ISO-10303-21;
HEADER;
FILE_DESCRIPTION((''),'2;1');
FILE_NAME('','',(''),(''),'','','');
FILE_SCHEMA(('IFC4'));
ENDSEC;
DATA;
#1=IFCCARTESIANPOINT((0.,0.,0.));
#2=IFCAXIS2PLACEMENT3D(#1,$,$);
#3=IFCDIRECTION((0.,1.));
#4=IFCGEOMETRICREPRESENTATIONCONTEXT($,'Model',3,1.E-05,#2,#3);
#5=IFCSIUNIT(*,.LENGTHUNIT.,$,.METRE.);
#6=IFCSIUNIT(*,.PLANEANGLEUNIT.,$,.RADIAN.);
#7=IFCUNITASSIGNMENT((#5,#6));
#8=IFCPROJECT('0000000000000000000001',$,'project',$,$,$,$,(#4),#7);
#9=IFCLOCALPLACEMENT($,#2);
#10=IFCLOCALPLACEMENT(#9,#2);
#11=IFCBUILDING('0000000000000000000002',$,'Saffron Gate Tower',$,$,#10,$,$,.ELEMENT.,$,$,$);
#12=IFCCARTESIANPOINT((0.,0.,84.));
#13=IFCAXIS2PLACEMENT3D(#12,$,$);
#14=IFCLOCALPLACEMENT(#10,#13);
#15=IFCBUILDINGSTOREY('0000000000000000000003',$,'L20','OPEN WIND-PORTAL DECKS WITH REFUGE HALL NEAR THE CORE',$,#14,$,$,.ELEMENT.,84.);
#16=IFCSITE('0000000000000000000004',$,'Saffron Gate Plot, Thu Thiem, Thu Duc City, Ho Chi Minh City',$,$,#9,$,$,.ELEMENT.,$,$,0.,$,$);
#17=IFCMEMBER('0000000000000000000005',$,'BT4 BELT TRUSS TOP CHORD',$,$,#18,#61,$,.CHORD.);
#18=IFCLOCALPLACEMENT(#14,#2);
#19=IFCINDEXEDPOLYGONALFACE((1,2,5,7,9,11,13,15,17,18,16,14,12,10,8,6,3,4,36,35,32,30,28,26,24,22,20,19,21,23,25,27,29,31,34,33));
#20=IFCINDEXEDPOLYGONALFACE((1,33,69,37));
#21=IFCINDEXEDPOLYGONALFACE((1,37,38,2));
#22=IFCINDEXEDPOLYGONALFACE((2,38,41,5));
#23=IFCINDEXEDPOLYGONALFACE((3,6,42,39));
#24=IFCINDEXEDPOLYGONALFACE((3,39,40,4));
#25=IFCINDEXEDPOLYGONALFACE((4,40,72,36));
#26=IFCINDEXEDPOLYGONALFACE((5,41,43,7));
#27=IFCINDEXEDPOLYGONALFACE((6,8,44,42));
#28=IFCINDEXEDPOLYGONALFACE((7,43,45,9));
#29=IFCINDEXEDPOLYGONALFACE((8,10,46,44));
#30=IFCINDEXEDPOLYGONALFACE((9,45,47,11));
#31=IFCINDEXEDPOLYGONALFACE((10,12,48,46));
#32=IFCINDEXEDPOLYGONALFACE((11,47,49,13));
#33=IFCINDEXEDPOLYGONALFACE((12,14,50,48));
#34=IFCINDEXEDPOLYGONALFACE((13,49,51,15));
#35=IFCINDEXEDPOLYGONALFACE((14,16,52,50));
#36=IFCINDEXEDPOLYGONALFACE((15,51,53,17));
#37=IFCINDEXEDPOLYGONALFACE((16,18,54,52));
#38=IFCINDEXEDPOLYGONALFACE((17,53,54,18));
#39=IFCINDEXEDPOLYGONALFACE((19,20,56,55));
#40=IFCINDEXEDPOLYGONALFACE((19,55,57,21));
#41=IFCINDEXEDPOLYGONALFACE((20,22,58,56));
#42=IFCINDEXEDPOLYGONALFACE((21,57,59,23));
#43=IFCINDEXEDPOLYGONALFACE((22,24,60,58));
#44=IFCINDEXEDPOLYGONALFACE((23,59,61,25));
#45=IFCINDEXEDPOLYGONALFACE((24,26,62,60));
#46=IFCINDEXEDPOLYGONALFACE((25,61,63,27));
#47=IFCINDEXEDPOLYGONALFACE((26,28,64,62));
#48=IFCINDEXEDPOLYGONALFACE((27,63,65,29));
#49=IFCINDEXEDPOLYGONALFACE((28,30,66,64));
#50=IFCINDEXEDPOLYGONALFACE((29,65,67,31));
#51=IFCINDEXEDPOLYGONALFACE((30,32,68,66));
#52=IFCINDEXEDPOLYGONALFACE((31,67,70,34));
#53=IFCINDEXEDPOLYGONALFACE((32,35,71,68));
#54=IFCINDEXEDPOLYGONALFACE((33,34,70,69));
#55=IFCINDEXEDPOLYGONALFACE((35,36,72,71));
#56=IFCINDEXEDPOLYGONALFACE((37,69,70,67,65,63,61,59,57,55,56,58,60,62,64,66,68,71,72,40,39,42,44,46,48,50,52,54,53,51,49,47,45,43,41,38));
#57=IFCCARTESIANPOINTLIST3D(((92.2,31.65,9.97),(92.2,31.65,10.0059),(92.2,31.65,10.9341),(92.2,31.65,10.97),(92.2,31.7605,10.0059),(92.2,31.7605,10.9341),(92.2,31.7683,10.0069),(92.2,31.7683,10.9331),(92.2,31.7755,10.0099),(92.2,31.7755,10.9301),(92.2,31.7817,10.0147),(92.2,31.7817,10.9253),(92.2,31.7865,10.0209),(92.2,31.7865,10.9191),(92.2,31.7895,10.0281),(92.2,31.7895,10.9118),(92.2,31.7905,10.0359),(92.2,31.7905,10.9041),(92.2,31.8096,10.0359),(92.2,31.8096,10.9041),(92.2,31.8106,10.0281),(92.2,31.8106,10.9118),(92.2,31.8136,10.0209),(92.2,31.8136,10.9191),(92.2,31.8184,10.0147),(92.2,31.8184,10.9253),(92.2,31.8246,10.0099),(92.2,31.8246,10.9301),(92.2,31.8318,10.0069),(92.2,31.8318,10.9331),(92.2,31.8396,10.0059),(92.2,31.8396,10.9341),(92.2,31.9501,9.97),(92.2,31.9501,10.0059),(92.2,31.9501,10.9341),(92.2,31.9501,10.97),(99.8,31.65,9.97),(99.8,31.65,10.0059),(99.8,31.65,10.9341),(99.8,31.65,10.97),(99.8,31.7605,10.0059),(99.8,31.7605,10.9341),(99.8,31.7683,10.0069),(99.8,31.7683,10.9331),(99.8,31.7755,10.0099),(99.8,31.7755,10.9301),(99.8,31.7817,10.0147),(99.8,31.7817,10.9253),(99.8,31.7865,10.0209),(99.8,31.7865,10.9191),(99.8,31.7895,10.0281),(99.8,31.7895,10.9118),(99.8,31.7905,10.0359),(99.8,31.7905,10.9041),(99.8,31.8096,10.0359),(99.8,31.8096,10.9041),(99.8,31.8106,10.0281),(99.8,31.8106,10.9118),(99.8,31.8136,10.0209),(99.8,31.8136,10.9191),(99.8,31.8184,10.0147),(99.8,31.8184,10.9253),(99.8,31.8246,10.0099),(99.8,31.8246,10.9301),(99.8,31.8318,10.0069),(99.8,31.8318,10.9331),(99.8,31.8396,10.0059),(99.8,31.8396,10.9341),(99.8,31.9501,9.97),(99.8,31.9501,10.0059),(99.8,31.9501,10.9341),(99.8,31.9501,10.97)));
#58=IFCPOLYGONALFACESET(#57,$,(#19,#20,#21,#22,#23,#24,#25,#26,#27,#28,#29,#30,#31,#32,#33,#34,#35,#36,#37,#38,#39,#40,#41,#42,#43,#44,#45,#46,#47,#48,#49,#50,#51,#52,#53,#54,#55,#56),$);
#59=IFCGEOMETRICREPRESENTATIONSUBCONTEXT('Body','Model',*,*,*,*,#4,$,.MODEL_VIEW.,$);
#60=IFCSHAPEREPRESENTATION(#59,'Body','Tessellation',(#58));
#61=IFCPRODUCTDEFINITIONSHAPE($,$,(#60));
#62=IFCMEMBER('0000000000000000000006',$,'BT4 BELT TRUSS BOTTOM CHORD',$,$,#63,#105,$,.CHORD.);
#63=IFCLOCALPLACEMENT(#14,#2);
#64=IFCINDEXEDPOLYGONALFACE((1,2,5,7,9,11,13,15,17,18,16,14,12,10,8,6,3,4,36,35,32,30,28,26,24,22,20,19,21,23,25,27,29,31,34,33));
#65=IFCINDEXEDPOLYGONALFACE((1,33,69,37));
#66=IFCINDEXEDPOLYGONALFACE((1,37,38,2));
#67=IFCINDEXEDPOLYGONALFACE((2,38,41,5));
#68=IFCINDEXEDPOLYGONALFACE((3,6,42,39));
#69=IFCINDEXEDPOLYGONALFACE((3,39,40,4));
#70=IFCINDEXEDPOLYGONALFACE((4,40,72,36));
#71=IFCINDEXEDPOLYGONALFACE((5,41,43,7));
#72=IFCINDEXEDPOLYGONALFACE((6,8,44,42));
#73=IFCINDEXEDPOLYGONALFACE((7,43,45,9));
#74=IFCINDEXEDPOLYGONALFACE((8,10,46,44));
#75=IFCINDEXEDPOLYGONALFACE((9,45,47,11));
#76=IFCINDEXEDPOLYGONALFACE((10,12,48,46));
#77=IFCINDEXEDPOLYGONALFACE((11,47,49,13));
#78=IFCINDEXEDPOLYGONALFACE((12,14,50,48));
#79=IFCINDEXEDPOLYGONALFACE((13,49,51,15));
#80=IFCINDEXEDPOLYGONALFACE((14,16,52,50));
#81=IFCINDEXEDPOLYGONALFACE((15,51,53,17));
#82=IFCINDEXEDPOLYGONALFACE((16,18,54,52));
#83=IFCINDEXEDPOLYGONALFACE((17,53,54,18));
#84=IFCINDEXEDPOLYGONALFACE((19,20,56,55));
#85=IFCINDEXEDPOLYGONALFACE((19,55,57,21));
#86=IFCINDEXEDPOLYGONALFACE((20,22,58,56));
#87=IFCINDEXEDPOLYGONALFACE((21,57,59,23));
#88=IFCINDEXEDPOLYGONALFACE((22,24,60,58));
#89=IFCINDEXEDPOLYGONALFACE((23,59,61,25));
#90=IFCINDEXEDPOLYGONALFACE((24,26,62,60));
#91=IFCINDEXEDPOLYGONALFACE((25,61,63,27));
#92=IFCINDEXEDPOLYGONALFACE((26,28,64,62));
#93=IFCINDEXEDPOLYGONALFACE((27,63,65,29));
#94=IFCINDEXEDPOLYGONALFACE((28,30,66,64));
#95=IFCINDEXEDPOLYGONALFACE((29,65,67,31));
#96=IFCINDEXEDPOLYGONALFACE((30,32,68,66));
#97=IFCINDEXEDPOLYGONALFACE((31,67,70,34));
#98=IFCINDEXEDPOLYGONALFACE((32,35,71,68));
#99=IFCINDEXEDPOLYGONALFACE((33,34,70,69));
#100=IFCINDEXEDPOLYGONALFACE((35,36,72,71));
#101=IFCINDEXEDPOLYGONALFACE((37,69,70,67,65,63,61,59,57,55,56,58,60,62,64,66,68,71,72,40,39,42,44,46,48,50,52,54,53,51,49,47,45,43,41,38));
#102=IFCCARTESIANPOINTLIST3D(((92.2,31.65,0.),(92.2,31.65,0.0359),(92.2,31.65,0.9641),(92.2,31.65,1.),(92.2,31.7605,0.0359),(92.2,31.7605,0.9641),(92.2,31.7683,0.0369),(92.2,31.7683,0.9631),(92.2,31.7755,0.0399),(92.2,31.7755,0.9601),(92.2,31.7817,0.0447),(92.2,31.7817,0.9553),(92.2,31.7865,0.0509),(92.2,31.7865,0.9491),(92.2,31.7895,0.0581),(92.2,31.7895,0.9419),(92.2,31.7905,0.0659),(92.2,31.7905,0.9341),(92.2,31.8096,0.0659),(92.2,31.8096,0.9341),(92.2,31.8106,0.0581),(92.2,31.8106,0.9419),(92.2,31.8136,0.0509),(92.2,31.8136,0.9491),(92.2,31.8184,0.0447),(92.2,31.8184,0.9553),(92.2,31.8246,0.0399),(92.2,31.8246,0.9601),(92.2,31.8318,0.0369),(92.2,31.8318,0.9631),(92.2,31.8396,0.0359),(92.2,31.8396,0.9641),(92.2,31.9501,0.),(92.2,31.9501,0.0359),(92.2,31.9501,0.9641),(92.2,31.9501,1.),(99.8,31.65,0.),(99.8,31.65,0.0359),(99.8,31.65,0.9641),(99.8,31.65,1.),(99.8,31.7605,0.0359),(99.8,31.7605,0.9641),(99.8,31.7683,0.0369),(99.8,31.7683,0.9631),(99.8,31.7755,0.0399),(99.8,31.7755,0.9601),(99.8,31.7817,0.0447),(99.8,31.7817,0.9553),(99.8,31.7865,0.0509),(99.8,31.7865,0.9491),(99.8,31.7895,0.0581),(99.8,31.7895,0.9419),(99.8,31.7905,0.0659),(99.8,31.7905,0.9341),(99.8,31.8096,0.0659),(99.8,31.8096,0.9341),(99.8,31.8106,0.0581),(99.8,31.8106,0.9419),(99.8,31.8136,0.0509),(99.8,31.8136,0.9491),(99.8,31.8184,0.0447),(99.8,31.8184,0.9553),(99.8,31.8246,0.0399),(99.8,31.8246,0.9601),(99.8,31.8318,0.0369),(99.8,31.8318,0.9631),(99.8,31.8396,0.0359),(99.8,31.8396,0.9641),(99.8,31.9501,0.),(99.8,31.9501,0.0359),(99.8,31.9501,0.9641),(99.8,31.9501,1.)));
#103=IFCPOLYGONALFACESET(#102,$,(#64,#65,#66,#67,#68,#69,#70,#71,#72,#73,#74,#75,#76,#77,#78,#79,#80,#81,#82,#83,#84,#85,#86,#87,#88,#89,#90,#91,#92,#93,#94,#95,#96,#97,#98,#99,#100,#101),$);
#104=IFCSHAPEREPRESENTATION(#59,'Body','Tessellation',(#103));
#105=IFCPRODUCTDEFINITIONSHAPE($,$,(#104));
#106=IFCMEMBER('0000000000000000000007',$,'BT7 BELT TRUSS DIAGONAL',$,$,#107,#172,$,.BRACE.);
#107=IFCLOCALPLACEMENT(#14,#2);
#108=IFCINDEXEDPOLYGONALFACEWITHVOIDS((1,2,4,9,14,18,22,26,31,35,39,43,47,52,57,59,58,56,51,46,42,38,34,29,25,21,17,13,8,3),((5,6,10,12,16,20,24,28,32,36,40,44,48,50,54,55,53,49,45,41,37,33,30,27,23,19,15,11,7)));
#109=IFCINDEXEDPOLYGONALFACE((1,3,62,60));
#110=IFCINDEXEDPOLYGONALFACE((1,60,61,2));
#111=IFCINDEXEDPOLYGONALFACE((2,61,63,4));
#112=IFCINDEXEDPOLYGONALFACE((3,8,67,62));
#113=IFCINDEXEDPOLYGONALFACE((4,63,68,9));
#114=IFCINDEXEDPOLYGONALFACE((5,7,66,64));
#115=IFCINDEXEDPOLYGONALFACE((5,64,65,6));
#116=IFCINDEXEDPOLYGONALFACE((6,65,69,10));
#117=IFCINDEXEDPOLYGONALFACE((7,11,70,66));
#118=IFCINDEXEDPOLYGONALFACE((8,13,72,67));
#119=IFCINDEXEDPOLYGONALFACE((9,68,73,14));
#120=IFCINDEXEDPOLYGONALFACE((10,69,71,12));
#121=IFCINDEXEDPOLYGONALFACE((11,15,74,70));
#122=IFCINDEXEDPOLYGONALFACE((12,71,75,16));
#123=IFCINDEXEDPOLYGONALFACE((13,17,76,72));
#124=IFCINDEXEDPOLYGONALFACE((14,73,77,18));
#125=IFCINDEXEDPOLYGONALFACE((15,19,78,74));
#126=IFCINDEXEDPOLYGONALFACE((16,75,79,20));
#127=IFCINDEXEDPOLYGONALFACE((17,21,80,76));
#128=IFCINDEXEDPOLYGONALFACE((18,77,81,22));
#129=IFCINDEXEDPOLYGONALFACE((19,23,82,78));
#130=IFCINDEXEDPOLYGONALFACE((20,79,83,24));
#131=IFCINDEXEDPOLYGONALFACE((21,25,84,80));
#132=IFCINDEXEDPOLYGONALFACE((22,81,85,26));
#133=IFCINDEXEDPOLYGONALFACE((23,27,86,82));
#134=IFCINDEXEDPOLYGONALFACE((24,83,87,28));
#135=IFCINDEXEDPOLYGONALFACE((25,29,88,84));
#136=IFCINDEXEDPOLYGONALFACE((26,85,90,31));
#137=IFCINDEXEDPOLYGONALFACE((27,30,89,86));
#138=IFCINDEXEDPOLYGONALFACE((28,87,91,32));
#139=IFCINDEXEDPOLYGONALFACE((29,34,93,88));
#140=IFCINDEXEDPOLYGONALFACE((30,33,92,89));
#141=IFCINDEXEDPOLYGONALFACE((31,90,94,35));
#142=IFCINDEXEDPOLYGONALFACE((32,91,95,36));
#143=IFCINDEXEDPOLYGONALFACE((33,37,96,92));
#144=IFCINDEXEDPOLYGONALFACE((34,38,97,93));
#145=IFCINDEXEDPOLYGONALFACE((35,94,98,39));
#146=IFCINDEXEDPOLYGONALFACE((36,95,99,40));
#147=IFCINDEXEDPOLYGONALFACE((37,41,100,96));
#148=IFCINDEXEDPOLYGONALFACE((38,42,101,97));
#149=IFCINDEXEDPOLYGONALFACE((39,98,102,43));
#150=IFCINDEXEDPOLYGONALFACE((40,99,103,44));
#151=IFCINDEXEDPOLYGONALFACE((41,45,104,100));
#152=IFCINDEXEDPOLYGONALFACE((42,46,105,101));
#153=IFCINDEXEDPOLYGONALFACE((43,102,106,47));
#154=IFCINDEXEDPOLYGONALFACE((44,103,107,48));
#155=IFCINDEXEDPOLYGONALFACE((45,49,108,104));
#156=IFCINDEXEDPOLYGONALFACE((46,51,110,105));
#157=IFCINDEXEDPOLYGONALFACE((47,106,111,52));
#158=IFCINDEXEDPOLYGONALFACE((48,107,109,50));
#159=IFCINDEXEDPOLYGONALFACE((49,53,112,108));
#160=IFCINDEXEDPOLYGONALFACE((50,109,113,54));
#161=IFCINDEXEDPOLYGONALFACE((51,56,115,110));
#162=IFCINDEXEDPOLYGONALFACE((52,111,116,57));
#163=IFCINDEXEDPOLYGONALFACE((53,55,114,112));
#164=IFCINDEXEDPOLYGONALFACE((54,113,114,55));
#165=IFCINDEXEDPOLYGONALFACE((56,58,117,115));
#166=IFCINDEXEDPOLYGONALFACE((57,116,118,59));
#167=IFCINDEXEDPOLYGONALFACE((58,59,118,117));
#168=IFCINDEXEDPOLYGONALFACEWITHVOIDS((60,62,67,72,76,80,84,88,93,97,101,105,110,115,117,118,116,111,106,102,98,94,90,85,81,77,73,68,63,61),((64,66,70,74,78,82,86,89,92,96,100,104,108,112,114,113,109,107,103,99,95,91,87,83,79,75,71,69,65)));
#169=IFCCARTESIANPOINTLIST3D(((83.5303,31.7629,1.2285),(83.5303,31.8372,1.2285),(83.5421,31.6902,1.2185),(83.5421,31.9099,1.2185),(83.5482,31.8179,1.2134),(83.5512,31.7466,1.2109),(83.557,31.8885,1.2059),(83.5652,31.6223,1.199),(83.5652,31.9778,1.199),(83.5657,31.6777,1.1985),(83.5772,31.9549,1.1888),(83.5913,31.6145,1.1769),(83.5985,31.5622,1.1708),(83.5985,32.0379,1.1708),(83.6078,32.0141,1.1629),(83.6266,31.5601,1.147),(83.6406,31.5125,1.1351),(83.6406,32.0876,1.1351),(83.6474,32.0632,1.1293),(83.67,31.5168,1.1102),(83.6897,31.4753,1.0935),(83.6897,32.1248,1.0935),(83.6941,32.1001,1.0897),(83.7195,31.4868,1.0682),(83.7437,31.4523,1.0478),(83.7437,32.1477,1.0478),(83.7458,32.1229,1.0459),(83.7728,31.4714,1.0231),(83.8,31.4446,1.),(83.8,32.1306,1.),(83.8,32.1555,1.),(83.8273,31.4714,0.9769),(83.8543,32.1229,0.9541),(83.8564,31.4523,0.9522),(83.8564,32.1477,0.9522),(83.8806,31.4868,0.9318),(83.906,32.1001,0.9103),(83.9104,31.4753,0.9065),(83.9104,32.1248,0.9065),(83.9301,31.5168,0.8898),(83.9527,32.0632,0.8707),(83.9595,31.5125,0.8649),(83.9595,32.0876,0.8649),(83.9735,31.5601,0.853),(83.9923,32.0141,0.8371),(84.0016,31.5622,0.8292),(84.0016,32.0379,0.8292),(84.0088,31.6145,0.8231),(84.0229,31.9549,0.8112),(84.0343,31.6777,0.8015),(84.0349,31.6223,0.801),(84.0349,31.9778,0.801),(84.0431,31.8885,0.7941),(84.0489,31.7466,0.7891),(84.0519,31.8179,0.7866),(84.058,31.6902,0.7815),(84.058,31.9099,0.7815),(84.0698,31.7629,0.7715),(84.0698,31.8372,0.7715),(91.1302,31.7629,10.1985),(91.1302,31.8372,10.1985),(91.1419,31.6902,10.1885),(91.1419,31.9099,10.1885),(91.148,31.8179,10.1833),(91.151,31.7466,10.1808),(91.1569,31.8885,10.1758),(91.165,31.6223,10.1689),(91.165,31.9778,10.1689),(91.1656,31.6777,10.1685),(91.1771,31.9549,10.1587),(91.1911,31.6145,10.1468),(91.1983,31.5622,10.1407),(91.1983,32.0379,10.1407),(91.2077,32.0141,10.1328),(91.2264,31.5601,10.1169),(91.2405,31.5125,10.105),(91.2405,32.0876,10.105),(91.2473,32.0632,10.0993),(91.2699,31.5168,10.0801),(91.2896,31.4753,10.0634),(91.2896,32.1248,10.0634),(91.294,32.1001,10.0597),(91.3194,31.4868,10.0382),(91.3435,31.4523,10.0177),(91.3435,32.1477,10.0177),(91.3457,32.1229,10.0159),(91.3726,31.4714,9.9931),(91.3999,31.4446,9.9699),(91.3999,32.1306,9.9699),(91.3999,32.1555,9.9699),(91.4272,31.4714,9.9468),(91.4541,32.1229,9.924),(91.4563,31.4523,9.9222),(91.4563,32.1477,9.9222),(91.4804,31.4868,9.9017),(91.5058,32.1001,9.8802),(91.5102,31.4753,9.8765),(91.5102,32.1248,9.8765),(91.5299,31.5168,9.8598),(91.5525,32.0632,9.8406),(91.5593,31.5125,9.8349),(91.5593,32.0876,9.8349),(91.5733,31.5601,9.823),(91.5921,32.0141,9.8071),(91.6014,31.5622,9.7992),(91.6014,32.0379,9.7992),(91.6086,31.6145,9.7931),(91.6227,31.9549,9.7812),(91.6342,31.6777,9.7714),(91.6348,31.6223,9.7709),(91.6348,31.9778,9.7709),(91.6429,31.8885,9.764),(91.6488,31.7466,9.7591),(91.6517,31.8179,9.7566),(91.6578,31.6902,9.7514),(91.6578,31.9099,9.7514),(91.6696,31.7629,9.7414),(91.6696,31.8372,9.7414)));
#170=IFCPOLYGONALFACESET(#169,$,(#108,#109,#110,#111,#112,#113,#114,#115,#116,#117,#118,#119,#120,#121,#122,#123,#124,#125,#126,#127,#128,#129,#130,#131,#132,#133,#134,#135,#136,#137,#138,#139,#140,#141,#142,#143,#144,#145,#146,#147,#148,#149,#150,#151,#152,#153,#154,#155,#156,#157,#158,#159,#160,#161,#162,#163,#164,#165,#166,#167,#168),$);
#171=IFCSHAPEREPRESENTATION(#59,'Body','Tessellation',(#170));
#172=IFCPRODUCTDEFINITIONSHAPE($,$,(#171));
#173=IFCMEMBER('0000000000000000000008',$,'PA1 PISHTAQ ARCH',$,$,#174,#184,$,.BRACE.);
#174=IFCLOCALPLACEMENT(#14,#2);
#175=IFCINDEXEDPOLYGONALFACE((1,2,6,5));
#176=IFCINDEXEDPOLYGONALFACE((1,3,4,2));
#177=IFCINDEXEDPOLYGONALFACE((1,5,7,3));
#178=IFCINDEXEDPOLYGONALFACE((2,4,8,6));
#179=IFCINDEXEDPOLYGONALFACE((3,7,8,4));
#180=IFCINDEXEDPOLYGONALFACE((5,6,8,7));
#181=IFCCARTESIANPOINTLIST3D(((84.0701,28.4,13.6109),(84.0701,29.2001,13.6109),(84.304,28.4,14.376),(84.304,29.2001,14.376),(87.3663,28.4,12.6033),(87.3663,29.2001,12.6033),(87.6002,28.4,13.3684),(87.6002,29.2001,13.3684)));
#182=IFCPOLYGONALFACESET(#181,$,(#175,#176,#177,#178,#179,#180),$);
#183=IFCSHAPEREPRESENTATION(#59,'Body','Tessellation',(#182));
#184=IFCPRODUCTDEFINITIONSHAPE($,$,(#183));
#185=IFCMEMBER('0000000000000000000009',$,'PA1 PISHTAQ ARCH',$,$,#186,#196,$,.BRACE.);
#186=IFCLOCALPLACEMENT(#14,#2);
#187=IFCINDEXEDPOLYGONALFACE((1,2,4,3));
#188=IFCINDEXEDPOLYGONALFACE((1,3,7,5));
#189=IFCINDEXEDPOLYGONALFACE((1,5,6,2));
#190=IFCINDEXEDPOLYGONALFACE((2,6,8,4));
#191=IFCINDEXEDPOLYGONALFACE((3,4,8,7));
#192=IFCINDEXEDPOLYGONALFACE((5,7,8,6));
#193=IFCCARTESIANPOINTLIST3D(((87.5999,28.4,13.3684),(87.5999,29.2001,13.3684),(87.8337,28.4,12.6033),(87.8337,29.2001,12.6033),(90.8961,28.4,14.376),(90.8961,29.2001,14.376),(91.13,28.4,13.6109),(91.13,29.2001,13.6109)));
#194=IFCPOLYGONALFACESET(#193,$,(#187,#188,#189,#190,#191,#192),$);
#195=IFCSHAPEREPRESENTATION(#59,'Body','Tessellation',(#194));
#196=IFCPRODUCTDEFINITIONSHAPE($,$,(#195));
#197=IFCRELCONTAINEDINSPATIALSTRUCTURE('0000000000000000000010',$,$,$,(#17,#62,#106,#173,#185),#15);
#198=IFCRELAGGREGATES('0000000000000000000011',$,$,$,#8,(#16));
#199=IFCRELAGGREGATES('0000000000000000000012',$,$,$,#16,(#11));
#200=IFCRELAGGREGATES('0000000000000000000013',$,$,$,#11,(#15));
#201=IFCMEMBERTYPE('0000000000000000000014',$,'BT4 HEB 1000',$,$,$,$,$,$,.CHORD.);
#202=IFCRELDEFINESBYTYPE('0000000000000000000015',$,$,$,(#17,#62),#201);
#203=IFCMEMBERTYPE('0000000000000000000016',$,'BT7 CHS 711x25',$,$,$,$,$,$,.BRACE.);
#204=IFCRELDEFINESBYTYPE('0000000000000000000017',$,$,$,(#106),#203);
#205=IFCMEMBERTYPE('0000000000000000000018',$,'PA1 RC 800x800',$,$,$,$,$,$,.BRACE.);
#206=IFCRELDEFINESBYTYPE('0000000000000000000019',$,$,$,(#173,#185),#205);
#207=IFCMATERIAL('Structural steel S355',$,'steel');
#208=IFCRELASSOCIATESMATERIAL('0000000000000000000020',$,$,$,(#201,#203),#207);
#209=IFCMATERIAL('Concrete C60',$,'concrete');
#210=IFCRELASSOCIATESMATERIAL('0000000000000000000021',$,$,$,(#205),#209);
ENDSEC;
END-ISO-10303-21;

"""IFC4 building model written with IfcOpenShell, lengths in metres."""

from ifc_helpers import new_model, si_unit, direction, frame, origin, origin_2d, place, context, subcontext, project, spatial, rectangle, hollow_circle, i_section, extrude, material, material_profile, profile_set, type_object, element, save


model = new_model("IFC4")

# Units and contexts
model_context = context("Model", 3, precision=1e-05, world=origin(), true_north=direction((0.0, 1.0)))
body_context = subcontext(model_context, "Body", "Model", "MODEL_VIEW")
ifc_project = project(units=[si_unit("LENGTHUNIT", "METRE"), si_unit("PLANEANGLEUNIT", "RADIAN")], contexts=[model_context])

# Site, building, storey
site_placement = place(None, origin())
site = spatial("IfcSite", under=ifc_project, at=site_placement, Name="Saffron Gate Plot, Thu Thiem, Thu Duc City, Ho Chi Minh City", CompositionType="ELEMENT", RefElevation=0.0)
building_placement = place(site_placement, origin())
building = spatial("IfcBuilding", under=site, at=building_placement, Name="Saffron Gate Tower", CompositionType="ELEMENT")
storey_placement = place(building_placement, frame((0.0, 0.0, 84.0)))
storey = spatial("IfcBuildingStorey", under=building, at=storey_placement, Name="L20", Description="OPEN WIND-PORTAL DECKS WITH REFUGE HALL NEAR THE CORE", CompositionType="ELEMENT", Elevation=84.0)

# Shared definitions
ifc_material_1 = material(Name="Concrete C60", Category="concrete")

# Shared definitions
ifc_material_2 = material(Name="Structural steel S355", Category="steel")

# Members
ifc_material_profile_1 = material_profile(ifc_material_2, i_section(OverallWidth=0.3, OverallDepth=1.0, WebThickness=0.019, FlangeThickness=0.0359, FilletRadius=0.03, at=origin_2d()))
ifc_profile_set_1 = profile_set([ifc_material_profile_1], Name="Structural steel S355")
member_type_1 = type_object("IfcMemberType", Name="BT4 HEB 1000", PredefinedType="CHORD", material=ifc_profile_set_1)
for number, where, z_axis, x_axis, name in (
    (1, (92.2, 31.8, 10.47), (1.0, 0.0, 0.0), (0.0, 1.0, 0.0), "BT4 BELT TRUSS TOP CHORD"),
    (2, (92.2, 31.8, 0.5), (1.0, 0.0, 0.0), (0.0, 1.0, 0.0), "BT4 BELT TRUSS BOTTOM CHORD"),
):
    element("IfcMember", number, at=place(storey_placement, frame(where, z_axis=z_axis, x_axis=x_axis)), inside=storey, type_object=member_type_1, Name=name, PredefinedType="CHORD", context=body_context, shape_type="SweptSolid", body=[
        extrude(i_section(OverallWidth=0.3, OverallDepth=1.0, WebThickness=0.019, FlangeThickness=0.0359, FilletRadius=0.03, at=origin_2d()), origin(), (0.0, 0.0, 1.0), 7.6001),
    ])
ifc_material_profile_2 = material_profile(ifc_material_2, hollow_circle(Radius=0.3555, WallThickness=0.0249, at=origin_2d()))
ifc_profile_set_2 = profile_set([ifc_material_profile_2], Name="Structural steel S355")
member_type_2 = type_object("IfcMemberType", Name="BT7 CHS 711x25", PredefinedType="BRACE", material=ifc_profile_set_2)
member_1_placement = place(storey_placement, frame((83.8, 31.8, 1.0), z_axis=(0.646432, 0.0, 0.762972), x_axis=(0.0, 1.0, 0.0)))
element("IfcMember", 3, at=member_1_placement, inside=storey, type_object=member_type_2, Name="BT7 BELT TRUSS DIAGONAL", PredefinedType="BRACE", context=body_context, shape_type="SweptSolid", body=[
    extrude(hollow_circle(Radius=0.3555, WallThickness=0.0249, at=origin_2d()), origin(), (0.0, 0.0, 1.0), 11.7566),
])
ifc_material_profile_3 = material_profile(ifc_material_1, rectangle(XDim=0.8, YDim=0.8, at=origin_2d()))
ifc_profile_set_3 = profile_set([ifc_material_profile_3], Name="Concrete C60")
member_type_3 = type_object("IfcMemberType", Name="PA1 RC 800x800", PredefinedType="BRACE", material=ifc_profile_set_3)
for number, where, z_axis, x_axis, name in (
    (4, (84.187, 28.8, 13.9934), (0.956318, 0.0, -0.292328), (0.0, 1.0, 0.0), "PA1 PISHTAQ ARCH"),
    (5, (87.7168, 28.8, 12.9858), (0.956318, 0.0, 0.292328), (0.0, 1.0, 0.0), "PA1 PISHTAQ ARCH"),
):
    element("IfcMember", number, at=place(storey_placement, frame(where, z_axis=z_axis, x_axis=x_axis)), inside=storey, type_object=member_type_3, Name=name, PredefinedType="BRACE", context=body_context, shape_type="SweptSolid", body=[
        extrude(rectangle(XDim=0.8, YDim=0.8, at=origin_2d()), origin(), (0.0, 0.0, 1.0), 3.4468),
    ])

save(model, "model.ifc")
